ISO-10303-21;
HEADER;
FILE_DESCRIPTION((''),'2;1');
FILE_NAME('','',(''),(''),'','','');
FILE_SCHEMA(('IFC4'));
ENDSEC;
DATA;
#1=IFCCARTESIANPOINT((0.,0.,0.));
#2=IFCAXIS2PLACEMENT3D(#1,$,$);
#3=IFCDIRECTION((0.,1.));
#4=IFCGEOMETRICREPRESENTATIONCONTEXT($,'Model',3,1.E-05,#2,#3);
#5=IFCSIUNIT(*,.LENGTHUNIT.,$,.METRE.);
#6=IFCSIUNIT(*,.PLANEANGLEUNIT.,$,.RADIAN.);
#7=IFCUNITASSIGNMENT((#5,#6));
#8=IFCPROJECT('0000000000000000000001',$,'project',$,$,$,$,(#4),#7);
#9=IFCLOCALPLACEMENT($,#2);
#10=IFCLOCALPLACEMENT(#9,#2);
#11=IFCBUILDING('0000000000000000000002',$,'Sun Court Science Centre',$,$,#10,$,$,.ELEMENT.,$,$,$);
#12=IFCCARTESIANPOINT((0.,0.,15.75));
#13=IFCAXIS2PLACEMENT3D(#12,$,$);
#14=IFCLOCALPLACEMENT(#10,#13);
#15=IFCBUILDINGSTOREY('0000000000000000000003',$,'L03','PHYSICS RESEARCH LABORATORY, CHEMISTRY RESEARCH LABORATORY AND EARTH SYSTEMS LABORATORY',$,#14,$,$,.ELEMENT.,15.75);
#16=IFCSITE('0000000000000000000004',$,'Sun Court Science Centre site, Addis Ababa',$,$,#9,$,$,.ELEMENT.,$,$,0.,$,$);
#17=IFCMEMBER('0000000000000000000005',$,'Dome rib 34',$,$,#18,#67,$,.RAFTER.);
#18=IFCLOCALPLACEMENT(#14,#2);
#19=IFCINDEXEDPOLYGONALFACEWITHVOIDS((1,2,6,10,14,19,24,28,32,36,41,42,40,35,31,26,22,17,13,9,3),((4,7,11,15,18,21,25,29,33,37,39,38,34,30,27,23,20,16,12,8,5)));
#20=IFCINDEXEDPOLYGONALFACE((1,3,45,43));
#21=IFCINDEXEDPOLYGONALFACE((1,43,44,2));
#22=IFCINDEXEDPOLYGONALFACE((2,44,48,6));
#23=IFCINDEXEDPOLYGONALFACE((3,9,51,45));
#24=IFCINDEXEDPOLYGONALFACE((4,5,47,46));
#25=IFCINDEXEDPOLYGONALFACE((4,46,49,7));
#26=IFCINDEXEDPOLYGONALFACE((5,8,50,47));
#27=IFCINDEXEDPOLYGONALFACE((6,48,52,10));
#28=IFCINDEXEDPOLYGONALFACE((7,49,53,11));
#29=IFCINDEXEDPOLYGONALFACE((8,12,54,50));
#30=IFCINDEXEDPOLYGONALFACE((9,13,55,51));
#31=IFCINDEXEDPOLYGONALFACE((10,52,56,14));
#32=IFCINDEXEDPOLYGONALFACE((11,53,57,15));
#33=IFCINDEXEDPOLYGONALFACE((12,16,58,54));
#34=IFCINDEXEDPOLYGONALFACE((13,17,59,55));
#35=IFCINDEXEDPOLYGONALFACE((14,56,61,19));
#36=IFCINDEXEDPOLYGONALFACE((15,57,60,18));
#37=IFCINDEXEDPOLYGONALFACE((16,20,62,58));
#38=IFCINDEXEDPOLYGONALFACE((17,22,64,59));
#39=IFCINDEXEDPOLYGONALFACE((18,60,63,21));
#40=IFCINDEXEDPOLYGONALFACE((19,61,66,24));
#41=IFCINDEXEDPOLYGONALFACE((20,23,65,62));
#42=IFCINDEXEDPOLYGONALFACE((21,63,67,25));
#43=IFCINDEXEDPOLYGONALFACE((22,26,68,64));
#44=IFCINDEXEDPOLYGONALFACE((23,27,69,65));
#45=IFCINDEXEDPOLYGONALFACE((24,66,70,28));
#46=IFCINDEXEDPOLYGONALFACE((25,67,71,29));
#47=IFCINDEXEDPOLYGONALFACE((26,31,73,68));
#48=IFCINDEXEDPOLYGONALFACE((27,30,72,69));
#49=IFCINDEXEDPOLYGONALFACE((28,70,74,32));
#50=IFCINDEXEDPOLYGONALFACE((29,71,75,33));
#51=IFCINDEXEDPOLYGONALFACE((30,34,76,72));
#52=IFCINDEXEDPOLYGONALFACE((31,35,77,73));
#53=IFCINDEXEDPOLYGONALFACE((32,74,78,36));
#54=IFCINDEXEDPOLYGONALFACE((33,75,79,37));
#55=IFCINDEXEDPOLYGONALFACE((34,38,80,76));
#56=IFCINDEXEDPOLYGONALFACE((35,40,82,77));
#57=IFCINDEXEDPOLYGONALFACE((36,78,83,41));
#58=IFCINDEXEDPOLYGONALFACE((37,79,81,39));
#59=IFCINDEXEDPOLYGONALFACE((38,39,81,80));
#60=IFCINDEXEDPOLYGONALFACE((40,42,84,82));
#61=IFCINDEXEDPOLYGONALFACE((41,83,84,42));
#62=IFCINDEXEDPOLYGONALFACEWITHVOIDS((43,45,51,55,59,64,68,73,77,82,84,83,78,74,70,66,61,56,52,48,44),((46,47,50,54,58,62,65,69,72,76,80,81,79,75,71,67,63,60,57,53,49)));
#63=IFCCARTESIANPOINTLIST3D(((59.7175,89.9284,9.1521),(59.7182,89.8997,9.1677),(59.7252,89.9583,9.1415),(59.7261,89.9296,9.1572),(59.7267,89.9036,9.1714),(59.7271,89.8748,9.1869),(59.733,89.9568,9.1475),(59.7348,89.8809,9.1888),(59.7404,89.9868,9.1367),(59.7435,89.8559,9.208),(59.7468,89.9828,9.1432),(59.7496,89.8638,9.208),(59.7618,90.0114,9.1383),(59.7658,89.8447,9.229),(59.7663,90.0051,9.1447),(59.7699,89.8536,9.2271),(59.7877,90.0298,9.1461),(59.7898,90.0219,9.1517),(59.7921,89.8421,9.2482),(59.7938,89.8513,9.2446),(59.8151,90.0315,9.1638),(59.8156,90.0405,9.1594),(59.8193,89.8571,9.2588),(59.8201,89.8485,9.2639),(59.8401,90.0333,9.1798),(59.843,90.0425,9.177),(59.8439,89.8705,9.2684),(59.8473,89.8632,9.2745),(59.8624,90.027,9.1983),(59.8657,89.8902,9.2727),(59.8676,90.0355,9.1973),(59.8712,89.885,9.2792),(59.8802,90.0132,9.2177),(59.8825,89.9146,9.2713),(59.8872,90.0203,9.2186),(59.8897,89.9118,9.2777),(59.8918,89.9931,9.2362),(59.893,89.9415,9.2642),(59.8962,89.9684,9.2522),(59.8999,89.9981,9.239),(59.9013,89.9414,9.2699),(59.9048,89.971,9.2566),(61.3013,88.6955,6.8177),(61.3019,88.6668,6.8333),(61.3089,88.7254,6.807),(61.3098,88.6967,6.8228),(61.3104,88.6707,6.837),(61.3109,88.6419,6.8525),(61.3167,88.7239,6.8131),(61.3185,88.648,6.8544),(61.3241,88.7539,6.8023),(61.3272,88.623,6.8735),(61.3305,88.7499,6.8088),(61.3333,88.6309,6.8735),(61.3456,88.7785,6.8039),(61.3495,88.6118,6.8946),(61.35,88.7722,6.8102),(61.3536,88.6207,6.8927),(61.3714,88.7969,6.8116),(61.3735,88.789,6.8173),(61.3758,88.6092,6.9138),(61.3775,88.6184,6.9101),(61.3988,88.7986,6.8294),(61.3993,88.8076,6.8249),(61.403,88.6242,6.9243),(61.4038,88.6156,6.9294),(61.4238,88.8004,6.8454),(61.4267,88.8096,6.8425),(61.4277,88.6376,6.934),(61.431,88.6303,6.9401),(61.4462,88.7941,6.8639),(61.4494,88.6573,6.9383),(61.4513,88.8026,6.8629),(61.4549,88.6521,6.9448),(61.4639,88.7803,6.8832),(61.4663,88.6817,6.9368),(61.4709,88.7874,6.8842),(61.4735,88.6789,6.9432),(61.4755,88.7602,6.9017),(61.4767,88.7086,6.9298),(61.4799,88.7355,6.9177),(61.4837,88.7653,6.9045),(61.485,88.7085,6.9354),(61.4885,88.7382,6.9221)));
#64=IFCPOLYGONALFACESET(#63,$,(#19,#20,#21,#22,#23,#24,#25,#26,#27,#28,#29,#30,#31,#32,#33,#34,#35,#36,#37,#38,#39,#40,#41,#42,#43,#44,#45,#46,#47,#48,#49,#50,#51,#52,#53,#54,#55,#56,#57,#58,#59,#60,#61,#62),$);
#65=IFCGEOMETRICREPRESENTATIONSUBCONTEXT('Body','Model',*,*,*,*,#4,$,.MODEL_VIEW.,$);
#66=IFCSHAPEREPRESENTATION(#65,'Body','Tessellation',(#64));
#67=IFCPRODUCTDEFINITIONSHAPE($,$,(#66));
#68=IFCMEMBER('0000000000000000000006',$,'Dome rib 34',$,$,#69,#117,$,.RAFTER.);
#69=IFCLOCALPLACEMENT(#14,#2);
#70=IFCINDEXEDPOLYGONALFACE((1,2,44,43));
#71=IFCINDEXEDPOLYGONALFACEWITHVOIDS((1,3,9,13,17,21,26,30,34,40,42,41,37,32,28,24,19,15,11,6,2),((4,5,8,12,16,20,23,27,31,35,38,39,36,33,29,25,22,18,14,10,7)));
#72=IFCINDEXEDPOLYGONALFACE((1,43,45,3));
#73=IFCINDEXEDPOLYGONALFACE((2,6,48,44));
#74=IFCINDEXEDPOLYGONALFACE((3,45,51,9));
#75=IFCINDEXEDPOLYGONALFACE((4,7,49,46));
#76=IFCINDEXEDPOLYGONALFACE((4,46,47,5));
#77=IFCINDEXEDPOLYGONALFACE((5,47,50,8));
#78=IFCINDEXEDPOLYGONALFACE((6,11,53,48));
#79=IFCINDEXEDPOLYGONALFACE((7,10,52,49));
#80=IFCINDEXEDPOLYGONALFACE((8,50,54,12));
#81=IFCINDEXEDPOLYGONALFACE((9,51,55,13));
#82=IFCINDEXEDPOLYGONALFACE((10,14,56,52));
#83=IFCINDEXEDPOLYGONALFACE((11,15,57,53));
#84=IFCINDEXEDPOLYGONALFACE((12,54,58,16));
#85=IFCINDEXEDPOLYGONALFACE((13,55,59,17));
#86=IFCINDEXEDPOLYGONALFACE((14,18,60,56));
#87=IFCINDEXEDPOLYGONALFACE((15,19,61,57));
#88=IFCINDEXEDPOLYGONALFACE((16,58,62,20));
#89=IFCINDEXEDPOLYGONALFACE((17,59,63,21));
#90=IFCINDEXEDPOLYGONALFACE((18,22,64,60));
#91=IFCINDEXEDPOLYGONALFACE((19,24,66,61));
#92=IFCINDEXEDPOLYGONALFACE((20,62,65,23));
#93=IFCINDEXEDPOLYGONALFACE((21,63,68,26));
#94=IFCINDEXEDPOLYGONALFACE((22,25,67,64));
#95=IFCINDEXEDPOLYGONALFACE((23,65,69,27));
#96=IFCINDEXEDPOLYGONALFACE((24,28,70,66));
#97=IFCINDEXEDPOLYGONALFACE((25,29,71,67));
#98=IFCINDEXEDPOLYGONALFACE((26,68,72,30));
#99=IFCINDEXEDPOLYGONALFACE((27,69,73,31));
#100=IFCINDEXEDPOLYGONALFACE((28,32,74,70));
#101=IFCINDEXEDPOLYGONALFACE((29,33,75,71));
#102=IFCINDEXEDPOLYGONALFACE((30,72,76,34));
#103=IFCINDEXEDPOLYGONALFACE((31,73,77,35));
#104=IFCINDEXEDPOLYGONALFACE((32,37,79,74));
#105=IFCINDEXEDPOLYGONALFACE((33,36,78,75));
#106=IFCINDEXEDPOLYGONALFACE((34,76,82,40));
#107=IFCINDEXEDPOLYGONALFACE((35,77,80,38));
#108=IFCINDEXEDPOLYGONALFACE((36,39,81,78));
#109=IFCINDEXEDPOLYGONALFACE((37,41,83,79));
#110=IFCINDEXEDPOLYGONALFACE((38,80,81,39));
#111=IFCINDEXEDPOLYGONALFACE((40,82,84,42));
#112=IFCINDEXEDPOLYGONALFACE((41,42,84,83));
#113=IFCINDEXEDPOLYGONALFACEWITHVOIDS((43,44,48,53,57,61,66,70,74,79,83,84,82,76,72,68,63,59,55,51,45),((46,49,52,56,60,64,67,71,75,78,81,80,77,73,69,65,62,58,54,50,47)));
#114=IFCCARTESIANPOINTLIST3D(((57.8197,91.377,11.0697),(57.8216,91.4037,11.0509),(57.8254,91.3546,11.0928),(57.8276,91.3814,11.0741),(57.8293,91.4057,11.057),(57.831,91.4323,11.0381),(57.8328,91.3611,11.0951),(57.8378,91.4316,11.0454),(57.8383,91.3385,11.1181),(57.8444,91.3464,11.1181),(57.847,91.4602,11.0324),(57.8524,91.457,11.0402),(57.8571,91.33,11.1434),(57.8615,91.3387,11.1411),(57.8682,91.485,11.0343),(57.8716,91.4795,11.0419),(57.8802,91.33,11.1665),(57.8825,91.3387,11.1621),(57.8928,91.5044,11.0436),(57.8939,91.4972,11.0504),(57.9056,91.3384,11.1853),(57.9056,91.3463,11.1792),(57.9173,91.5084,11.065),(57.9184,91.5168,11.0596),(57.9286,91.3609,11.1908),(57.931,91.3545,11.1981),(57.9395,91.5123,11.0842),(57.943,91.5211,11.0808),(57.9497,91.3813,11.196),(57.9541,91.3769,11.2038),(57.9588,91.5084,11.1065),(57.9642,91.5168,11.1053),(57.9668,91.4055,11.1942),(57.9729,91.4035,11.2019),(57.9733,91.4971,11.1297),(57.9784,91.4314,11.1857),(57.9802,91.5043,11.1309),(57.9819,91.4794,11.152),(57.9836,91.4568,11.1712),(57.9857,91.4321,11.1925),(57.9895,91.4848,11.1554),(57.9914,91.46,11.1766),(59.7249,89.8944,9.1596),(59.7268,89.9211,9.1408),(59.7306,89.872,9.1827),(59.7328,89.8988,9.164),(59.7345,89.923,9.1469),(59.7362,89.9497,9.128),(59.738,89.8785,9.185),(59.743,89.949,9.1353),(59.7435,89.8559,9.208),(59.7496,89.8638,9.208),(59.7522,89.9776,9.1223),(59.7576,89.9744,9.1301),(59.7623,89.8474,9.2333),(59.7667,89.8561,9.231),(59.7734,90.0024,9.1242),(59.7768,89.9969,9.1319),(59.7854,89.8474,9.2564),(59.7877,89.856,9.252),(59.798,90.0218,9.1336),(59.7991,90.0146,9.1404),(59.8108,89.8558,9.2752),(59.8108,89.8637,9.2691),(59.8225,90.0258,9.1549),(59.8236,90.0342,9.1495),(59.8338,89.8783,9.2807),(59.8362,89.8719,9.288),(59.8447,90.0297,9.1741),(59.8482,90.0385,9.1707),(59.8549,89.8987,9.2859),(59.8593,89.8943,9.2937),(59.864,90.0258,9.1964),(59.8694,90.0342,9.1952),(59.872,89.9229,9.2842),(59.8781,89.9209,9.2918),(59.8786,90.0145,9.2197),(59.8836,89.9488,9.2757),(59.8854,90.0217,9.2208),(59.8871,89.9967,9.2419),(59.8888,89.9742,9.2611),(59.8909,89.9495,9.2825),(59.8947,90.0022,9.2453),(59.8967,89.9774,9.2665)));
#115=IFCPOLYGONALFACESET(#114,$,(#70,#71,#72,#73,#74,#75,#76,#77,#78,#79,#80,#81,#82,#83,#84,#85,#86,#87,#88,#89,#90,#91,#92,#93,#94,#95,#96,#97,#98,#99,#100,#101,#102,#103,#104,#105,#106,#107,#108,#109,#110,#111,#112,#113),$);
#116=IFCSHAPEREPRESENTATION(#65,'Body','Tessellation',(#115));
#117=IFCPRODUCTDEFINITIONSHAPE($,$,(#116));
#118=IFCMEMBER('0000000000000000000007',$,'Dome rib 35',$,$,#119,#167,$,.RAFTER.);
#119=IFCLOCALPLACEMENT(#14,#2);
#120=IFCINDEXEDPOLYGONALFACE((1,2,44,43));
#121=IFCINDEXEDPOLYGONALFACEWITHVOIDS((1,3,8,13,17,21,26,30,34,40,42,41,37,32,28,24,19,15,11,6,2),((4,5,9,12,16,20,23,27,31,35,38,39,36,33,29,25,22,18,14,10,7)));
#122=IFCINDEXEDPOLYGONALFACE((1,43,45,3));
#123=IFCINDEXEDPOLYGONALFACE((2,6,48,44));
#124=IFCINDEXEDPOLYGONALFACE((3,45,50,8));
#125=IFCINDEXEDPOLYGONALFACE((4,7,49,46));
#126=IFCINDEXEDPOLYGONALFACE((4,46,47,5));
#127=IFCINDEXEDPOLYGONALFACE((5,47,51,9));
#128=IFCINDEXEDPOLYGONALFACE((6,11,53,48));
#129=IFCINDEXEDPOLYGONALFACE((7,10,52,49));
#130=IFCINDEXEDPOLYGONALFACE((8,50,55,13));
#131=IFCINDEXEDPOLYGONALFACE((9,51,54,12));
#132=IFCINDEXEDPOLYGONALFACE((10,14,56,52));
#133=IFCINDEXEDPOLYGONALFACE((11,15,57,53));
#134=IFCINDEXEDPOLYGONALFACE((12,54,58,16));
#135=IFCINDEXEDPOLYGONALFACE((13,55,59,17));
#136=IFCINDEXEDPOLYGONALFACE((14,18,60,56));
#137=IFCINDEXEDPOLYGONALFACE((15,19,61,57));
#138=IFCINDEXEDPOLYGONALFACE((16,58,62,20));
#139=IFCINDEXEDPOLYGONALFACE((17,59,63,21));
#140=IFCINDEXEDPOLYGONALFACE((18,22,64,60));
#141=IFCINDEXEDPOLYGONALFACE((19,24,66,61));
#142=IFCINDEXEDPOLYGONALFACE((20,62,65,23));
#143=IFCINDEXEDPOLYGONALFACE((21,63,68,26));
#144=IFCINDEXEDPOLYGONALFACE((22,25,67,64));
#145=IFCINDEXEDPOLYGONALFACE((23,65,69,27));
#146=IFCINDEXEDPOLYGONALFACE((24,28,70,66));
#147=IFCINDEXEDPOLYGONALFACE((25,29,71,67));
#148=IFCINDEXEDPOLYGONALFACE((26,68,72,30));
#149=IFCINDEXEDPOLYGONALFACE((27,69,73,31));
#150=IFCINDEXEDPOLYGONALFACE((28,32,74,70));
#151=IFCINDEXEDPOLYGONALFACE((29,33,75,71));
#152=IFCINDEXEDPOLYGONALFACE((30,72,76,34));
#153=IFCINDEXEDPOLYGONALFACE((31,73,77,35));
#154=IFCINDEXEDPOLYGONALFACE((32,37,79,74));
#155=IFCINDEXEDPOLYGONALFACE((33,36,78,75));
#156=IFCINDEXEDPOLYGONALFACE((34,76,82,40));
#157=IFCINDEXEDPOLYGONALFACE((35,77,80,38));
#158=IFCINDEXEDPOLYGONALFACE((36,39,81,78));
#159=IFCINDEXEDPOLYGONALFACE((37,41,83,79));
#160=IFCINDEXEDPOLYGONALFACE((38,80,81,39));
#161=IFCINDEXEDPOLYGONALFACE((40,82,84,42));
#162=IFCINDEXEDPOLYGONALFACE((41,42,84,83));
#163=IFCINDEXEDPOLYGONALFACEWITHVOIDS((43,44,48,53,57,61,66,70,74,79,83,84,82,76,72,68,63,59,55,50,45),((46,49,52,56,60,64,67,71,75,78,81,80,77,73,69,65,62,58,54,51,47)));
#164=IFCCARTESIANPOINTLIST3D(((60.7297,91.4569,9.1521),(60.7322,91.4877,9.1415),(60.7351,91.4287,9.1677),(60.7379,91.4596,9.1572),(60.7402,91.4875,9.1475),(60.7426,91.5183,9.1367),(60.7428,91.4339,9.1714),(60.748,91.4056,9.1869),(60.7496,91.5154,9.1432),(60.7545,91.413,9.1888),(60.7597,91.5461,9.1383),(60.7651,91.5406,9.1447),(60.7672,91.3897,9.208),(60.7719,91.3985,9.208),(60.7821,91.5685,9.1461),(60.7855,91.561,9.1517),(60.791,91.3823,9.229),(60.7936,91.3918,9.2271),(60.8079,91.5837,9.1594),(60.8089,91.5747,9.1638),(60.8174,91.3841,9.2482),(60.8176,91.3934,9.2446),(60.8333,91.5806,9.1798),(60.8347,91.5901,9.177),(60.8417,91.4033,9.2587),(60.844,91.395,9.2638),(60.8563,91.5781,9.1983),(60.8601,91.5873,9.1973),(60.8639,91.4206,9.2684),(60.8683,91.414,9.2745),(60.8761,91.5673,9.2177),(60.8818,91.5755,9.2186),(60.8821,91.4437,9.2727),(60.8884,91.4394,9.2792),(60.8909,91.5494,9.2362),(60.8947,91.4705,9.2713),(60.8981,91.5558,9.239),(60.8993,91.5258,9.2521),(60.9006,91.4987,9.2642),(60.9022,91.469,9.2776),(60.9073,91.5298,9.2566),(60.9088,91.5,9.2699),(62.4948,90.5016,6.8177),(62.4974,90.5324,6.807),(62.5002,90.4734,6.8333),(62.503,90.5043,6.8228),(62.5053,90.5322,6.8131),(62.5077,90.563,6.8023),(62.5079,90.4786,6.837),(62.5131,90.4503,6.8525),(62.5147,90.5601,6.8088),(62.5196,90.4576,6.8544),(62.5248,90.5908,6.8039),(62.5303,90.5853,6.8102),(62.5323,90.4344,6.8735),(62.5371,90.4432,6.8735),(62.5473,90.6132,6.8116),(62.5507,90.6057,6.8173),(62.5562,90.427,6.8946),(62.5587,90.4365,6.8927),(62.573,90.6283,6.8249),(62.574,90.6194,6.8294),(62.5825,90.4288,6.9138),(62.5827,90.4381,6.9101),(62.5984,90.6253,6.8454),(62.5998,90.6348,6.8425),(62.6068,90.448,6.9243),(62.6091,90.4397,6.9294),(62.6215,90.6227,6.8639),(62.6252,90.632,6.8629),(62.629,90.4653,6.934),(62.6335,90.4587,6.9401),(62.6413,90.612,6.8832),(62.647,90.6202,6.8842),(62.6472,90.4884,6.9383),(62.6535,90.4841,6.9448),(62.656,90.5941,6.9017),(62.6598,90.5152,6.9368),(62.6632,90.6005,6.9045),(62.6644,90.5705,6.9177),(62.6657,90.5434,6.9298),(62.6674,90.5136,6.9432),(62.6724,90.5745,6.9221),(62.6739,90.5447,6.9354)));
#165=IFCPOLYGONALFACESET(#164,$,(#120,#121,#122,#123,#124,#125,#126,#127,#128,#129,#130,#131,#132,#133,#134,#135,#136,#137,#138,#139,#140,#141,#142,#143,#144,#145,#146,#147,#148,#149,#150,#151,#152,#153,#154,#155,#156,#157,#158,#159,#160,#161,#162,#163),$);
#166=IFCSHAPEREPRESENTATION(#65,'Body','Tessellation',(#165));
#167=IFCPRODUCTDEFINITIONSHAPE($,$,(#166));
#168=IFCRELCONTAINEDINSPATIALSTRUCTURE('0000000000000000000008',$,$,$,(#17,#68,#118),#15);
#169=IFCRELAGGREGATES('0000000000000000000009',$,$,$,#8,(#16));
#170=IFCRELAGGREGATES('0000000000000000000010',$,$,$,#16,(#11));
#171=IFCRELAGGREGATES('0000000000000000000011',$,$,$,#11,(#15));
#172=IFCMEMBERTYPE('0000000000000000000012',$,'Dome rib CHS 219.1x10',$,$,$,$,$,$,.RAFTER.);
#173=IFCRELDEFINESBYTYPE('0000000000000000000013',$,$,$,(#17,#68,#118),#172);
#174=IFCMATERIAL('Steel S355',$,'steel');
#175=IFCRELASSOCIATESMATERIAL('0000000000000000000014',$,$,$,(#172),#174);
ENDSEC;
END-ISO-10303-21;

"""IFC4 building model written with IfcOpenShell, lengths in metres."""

from ifc_helpers import new_model, si_unit, direction, frame, origin, origin_2d, place, context, subcontext, project, spatial, hollow_circle, extrude, material, material_profile, profile_set, type_object, element, save


model = new_model("IFC4")

# Units and contexts
model_context = context("Model", 3, precision=1e-05, world=origin(), true_north=direction((0.0, 1.0)))
body_context = subcontext(model_context, "Body", "Model", "MODEL_VIEW")
ifc_project = project(units=[si_unit("LENGTHUNIT", "METRE"), si_unit("PLANEANGLEUNIT", "RADIAN")], contexts=[model_context])

# Site, building, storey
site_placement = place(None, origin())
site = spatial("IfcSite", under=ifc_project, at=site_placement, Name="Sun Court Science Centre site, Addis Ababa", CompositionType="ELEMENT", RefElevation=0.0)
building_placement = place(site_placement, origin())
building = spatial("IfcBuilding", under=site, at=building_placement, Name="Sun Court Science Centre", CompositionType="ELEMENT")
storey_placement = place(building_placement, frame((0.0, 0.0, 15.75)))
storey = spatial("IfcBuildingStorey", under=building, at=storey_placement, Name="L03", Description="PHYSICS RESEARCH LABORATORY, CHEMISTRY RESEARCH LABORATORY AND EARTH SYSTEMS LABORATORY", CompositionType="ELEMENT", Elevation=15.75)

# Members
ifc_material_1 = material(Name="Steel S355", Category="steel")
ifc_material_profile_1 = material_profile(ifc_material_1, hollow_circle(Radius=0.1096, WallThickness=0.01, at=origin_2d()), Name="CHS 219.1x10")
ifc_profile_set_1 = profile_set([ifc_material_profile_1], Name="Steel S355")
member_type_1 = type_object("IfcMemberType", Name="Dome rib CHS 219.1x10", PredefinedType="RAFTER", material=ifc_profile_set_1)
member_1_placement = place(storey_placement, frame((61.3945, 88.7095, 6.8735), z_axis=(-0.514427, 0.400472, 0.758279), x_axis=(-0.614286, -0.789084, 0.0)))
element("IfcMember", 1, at=member_1_placement, inside=storey, type_object=member_type_1, Name="Dome rib 34", PredefinedType="RAFTER", context=body_context, shape_type="SweptSolid", body=[
    extrude(hollow_circle(Radius=0.1096, WallThickness=0.01, at=origin_2d()), origin(), (0.0, 0.0, 1.0), 3.0786),
])
member_2_placement = place(storey_placement, frame((59.8108, 89.9424, 9.208), z_axis=(-0.6189, 0.481622, 0.620486), x_axis=(-0.614144, -0.789194, 0.0)))
element("IfcMember", 2, at=member_2_placement, inside=storey, type_object=member_type_1, Name="Dome rib 34", PredefinedType="RAFTER", context=body_context, shape_type="SweptSolid", body=[
    extrude(hollow_circle(Radius=0.1096, WallThickness=0.01, at=origin_2d()), origin(), (0.0, 0.0, 1.0), 3.0784),
])
member_3_placement = place(storey_placement, frame((62.5845, 90.5308, 6.8735), z_axis=(-0.573347, 0.310305, 0.758277), x_axis=(-0.475977, -0.879457, 0.0)))
element("IfcMember", 3, at=member_3_placement, inside=storey, type_object=member_type_1, Name="Dome rib 35", PredefinedType="RAFTER", context=body_context, shape_type="SweptSolid", body=[
    extrude(hollow_circle(Radius=0.1096, WallThickness=0.01, at=origin_2d()), origin(), (0.0, 0.0, 1.0), 3.0786),
])

save(model, "model.ifc")
